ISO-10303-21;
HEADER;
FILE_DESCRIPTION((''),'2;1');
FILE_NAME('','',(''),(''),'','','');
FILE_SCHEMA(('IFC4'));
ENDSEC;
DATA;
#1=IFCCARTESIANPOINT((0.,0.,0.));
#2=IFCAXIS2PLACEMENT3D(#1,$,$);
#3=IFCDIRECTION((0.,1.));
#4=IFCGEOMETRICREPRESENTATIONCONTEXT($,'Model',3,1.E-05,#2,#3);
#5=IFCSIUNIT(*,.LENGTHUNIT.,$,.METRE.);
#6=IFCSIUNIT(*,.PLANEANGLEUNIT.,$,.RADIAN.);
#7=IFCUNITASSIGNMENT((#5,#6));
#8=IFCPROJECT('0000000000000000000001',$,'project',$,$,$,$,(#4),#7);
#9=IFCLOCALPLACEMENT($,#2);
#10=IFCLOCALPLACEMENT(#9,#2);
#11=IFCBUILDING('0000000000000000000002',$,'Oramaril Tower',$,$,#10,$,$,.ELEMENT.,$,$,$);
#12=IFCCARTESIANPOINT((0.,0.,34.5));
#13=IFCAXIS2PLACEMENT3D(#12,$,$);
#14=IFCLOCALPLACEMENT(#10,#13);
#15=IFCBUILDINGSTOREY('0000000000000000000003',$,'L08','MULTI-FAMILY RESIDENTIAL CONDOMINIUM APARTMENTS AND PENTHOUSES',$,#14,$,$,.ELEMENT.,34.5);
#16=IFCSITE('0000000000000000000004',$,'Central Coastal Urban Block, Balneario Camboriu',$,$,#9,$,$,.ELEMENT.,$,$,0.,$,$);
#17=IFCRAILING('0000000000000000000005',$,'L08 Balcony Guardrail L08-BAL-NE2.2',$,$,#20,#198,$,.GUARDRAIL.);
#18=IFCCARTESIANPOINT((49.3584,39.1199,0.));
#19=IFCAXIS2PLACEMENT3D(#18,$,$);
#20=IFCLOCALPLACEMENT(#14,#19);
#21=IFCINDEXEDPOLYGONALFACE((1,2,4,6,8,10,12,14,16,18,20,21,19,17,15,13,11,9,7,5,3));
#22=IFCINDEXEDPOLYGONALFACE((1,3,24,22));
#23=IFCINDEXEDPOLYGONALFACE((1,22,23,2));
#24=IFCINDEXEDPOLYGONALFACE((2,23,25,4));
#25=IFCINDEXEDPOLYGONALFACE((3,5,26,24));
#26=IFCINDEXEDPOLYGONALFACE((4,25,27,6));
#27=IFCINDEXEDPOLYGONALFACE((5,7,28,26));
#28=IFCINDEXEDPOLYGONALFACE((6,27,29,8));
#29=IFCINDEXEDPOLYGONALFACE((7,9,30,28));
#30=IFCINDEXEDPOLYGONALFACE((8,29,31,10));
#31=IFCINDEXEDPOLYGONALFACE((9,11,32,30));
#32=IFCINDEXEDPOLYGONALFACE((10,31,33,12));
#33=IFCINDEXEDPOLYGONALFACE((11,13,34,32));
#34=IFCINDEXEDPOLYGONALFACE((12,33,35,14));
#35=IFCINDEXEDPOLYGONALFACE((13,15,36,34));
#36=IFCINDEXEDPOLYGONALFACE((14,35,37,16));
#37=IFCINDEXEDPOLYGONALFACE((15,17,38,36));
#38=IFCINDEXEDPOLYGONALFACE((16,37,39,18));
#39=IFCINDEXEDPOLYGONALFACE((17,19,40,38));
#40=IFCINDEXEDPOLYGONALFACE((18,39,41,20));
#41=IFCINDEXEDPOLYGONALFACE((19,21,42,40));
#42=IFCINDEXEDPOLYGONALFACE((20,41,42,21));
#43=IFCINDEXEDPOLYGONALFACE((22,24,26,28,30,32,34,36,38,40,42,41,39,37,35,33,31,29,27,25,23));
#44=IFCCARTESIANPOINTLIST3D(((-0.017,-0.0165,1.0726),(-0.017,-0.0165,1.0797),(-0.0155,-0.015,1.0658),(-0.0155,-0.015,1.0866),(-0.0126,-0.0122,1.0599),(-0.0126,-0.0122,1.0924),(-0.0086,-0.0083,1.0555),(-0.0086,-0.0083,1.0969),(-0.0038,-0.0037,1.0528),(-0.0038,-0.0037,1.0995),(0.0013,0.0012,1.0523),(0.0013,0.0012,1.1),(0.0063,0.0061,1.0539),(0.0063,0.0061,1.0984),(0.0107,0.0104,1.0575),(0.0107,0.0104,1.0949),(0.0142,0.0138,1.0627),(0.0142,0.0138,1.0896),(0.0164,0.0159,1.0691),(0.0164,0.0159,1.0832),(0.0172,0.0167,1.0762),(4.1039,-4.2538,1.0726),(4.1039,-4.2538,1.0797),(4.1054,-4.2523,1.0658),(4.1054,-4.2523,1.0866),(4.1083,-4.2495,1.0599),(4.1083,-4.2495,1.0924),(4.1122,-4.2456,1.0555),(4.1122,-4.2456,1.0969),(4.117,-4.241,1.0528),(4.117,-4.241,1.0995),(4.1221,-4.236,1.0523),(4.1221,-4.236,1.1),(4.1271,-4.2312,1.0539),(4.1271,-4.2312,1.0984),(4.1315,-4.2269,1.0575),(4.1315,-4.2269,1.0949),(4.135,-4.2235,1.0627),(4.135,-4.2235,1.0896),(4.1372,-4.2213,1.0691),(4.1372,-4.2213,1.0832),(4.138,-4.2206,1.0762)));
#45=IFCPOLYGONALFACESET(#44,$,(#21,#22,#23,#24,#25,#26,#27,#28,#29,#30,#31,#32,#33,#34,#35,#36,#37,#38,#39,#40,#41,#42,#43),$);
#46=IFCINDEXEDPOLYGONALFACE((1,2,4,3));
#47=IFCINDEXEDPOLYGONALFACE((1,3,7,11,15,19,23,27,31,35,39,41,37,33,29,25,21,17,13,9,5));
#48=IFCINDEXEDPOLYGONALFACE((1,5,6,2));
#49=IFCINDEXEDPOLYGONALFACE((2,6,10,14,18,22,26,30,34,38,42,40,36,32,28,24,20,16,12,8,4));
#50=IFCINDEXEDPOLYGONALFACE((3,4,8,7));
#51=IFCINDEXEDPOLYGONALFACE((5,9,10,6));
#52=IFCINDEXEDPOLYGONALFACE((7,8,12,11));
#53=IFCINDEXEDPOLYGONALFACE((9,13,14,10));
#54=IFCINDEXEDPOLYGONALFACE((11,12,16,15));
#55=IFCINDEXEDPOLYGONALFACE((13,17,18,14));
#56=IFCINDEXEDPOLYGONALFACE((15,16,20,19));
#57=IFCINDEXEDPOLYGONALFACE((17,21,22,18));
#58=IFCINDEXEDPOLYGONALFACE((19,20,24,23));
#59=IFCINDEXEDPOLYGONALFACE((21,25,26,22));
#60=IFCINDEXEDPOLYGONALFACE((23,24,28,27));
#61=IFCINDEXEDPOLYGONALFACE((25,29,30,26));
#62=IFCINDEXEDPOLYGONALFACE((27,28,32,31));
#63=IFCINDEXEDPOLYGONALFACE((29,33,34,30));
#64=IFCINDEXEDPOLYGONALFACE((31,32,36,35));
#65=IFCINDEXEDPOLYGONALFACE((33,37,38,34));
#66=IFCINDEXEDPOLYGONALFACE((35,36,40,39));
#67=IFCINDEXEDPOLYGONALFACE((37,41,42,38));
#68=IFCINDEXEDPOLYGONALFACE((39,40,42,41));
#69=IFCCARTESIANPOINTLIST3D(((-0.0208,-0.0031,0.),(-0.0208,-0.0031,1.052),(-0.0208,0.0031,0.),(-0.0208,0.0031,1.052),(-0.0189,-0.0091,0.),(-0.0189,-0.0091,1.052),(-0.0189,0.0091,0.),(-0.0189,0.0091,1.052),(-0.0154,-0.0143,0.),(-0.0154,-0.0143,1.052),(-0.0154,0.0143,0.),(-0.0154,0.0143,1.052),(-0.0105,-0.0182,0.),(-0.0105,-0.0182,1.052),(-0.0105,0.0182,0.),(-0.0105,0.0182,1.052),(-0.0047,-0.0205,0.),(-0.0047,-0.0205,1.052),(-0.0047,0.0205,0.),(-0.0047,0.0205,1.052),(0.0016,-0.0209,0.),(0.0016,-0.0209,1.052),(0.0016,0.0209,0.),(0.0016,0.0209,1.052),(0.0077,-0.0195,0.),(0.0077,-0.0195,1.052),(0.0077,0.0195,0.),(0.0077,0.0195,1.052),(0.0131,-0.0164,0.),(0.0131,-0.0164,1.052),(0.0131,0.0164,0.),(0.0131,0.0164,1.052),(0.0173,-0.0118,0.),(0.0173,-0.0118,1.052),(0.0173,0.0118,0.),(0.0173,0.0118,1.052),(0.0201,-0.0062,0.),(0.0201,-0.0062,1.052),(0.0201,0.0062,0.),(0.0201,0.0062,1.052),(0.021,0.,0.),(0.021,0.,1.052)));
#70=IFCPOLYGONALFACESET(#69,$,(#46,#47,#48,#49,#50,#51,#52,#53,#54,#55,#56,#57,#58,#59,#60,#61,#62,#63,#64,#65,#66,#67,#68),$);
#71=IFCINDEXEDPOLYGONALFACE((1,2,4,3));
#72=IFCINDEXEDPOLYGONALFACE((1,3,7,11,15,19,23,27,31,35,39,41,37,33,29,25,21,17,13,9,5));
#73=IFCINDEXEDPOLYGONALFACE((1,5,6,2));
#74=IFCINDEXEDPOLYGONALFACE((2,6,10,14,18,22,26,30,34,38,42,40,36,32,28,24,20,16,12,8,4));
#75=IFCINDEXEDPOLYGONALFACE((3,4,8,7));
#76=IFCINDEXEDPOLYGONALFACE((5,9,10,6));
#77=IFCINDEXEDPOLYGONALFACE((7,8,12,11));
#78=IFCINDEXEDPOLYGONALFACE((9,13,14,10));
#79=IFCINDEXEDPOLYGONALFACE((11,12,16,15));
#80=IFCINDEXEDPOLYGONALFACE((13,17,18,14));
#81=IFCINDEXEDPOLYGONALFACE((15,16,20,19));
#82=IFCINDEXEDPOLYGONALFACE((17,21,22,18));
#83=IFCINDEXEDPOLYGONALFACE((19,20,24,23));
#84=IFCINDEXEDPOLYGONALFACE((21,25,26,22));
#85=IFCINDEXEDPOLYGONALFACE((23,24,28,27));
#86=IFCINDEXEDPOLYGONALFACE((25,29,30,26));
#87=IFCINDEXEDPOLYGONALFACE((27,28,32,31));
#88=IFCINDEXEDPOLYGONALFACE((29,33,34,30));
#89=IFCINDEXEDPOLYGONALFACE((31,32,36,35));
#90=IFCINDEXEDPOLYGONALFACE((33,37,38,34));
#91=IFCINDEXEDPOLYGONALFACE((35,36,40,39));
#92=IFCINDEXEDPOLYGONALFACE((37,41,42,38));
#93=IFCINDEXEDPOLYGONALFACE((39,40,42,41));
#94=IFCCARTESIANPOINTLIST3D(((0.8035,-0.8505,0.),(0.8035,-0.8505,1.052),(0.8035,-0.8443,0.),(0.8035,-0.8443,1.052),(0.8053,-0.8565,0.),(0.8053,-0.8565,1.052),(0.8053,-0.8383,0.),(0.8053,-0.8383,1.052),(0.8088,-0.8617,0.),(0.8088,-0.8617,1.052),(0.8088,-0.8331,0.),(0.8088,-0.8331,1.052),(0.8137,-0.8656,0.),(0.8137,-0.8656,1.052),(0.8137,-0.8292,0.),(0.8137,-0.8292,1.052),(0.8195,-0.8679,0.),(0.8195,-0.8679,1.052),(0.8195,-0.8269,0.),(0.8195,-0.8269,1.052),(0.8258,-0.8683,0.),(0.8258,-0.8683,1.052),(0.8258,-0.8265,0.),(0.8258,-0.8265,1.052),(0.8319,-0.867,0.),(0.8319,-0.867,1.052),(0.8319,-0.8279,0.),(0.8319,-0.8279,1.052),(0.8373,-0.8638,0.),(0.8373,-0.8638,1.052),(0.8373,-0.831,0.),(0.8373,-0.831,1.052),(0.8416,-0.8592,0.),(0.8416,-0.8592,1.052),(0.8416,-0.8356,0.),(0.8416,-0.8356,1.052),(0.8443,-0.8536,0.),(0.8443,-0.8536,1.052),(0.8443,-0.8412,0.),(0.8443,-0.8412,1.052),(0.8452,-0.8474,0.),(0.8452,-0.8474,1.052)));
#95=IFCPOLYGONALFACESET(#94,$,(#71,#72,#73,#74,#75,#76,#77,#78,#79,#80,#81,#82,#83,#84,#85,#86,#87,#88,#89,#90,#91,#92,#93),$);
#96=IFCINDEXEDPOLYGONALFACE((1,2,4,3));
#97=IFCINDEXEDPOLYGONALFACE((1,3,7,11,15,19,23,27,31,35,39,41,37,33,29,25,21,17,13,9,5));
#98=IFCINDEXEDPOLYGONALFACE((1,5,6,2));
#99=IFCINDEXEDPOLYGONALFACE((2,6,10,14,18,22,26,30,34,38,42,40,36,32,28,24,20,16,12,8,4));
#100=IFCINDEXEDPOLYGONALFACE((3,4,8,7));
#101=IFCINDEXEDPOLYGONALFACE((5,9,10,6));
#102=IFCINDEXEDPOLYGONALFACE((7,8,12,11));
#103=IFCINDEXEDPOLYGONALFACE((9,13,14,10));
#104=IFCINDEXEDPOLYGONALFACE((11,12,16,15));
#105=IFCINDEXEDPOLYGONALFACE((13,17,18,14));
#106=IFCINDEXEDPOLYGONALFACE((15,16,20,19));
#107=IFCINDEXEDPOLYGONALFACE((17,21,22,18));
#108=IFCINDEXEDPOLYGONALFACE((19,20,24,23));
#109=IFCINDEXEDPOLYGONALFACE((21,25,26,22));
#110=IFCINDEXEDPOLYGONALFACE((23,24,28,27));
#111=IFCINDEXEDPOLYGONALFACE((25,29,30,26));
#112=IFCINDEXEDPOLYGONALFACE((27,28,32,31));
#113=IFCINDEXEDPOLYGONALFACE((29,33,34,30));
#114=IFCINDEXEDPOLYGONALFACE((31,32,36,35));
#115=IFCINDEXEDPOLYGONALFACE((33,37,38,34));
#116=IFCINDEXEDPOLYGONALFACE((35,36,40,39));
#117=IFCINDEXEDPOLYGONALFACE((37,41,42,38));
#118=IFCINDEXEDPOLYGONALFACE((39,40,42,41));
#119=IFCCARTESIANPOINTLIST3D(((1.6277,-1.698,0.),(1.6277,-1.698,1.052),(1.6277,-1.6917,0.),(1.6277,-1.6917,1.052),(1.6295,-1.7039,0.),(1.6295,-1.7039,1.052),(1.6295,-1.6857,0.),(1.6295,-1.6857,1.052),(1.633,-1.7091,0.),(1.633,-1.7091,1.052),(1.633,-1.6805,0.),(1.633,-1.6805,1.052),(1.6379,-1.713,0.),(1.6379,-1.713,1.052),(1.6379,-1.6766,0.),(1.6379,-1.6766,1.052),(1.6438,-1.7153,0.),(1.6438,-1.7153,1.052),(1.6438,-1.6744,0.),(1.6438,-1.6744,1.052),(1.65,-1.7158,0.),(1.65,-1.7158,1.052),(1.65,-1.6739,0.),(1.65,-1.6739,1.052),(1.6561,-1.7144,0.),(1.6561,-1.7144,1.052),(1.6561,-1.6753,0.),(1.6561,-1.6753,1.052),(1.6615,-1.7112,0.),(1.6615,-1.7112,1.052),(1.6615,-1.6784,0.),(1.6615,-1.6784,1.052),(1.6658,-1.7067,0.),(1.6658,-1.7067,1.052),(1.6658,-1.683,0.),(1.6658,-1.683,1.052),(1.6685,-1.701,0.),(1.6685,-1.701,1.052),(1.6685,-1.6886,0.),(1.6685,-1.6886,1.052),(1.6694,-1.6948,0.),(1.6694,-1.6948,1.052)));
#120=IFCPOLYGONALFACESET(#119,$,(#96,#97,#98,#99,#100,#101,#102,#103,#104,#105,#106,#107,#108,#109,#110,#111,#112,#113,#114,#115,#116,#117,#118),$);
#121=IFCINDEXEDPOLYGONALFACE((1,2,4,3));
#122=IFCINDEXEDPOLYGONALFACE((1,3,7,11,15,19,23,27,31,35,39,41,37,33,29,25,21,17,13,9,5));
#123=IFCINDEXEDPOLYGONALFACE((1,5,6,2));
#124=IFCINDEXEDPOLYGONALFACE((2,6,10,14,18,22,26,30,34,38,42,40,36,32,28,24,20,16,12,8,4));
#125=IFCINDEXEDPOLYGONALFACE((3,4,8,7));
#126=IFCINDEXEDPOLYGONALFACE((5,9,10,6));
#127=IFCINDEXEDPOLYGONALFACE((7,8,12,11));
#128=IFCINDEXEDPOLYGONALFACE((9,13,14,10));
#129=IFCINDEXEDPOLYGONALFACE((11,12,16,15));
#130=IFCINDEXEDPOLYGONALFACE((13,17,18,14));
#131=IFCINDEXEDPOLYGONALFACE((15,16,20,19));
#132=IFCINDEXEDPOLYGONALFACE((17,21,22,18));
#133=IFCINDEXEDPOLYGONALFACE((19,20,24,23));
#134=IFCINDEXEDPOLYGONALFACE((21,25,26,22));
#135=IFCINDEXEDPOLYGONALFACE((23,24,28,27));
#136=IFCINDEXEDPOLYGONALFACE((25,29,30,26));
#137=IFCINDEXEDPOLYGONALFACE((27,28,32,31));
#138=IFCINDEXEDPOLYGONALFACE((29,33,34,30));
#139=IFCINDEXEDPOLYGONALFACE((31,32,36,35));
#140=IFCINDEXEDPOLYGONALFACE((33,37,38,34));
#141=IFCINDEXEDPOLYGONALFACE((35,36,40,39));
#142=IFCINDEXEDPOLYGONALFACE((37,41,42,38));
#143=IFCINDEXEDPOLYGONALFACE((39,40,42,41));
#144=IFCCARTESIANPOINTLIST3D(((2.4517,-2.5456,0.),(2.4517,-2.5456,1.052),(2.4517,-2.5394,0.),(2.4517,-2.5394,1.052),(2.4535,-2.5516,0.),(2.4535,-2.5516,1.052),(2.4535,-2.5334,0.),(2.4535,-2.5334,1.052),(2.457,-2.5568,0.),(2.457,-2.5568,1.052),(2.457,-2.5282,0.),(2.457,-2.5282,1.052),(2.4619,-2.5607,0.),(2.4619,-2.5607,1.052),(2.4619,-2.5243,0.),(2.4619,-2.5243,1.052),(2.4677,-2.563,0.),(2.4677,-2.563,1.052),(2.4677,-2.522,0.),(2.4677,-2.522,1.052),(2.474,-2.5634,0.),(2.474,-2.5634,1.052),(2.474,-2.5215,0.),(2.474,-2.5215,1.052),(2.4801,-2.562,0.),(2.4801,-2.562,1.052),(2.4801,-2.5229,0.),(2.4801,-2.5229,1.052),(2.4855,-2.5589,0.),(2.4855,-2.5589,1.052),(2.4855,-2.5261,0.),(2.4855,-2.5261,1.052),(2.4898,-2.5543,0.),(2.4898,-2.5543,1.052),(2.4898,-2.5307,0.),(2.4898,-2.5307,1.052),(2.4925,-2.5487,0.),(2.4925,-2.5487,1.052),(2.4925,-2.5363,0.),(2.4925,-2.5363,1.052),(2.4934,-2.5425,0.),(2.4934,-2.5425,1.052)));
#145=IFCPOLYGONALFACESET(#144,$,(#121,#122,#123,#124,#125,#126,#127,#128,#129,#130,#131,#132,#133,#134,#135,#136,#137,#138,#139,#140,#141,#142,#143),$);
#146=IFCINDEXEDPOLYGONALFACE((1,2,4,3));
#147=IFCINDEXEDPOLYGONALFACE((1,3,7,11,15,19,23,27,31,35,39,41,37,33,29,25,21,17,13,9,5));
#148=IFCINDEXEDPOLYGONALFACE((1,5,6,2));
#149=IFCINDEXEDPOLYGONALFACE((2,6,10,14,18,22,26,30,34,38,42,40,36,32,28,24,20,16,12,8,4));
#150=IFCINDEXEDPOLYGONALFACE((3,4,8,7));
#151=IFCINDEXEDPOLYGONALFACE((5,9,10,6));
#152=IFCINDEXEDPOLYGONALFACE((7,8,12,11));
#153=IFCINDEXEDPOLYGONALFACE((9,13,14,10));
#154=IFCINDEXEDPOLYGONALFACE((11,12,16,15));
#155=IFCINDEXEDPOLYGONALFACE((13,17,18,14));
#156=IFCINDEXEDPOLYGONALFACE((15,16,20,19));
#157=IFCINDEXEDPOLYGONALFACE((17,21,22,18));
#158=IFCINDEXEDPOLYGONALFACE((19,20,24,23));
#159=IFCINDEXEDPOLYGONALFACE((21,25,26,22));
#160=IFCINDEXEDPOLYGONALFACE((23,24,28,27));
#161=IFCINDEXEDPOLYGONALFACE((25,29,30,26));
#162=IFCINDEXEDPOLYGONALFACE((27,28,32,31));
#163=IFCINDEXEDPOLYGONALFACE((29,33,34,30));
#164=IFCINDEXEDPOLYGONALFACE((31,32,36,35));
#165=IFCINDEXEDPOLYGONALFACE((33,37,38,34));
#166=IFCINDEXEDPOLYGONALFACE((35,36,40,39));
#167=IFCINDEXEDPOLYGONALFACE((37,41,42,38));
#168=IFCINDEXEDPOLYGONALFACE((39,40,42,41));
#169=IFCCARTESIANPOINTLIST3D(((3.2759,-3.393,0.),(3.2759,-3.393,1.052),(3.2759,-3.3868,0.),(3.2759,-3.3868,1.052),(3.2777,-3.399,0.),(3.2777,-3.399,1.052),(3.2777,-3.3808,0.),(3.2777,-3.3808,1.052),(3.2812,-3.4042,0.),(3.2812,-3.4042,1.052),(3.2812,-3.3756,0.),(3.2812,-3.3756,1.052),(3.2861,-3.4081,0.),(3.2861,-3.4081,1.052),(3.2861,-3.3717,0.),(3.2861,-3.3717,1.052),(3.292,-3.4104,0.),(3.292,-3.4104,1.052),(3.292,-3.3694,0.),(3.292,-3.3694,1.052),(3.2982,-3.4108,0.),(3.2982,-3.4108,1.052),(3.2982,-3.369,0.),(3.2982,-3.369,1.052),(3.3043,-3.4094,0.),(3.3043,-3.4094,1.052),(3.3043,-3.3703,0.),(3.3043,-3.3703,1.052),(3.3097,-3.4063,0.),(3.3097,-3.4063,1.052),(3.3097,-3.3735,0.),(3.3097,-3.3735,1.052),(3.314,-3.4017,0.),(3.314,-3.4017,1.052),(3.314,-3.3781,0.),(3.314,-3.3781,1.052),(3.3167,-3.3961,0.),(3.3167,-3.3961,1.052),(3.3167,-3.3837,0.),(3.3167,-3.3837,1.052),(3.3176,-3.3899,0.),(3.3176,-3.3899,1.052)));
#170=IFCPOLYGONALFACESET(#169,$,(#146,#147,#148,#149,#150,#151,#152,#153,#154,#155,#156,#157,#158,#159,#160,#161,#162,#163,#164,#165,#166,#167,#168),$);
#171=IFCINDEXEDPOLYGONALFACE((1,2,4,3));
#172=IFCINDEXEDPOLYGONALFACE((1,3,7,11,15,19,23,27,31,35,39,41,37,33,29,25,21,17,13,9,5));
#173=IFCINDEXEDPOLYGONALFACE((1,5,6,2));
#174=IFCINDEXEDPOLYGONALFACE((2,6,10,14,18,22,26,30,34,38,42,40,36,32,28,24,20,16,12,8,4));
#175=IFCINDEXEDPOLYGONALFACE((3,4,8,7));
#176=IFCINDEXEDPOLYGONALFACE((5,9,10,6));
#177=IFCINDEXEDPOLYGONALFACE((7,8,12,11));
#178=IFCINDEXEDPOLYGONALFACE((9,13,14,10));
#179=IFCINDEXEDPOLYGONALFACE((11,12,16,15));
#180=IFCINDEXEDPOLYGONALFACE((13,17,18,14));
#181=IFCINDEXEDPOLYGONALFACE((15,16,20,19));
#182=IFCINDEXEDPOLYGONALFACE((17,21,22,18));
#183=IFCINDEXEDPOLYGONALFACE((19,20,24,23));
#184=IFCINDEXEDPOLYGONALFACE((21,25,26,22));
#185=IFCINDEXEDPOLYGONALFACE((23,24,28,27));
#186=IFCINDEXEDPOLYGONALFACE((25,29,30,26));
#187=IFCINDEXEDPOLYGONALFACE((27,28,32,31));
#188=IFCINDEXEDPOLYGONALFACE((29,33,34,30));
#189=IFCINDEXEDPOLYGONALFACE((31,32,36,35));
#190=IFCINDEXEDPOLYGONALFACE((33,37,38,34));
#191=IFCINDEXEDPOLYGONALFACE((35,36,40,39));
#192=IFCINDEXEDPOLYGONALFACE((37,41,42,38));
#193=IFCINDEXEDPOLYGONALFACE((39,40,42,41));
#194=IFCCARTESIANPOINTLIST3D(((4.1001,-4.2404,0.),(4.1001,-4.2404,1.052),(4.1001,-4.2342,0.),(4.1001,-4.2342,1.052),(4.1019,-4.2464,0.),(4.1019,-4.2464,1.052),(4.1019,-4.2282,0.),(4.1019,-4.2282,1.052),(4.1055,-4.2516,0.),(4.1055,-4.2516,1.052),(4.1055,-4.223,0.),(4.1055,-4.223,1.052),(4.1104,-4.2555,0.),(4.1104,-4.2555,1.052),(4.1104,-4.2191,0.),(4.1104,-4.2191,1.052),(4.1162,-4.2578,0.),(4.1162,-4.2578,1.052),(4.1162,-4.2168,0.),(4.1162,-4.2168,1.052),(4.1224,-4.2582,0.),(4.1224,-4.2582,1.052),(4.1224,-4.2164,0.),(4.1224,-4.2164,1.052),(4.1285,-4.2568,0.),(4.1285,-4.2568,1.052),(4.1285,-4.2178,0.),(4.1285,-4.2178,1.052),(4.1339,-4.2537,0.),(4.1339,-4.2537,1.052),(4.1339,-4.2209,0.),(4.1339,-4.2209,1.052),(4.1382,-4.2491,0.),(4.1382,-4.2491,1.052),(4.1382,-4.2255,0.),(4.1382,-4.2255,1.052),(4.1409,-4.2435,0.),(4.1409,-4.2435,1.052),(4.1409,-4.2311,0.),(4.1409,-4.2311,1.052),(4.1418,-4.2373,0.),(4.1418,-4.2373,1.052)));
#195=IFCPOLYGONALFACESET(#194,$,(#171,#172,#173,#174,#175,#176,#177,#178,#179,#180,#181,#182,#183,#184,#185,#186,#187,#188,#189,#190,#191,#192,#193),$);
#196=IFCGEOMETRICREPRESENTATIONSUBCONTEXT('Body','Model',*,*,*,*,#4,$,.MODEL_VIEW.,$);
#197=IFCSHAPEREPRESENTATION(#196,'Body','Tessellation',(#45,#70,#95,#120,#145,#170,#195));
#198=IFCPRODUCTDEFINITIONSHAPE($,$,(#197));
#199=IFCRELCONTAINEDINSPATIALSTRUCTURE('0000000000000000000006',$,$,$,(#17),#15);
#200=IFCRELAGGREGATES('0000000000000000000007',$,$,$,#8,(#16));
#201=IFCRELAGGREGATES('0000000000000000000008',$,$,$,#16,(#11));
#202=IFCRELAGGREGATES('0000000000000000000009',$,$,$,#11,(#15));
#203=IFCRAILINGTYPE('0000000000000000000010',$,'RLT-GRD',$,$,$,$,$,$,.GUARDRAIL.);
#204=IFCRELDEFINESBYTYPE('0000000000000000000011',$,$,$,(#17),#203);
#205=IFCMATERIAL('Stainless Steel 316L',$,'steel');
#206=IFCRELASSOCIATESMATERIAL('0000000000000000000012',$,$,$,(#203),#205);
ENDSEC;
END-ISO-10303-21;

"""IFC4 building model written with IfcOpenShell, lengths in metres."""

from ifc_helpers import new_model, si_unit, direction, frame, origin, origin_2d, place, context, subcontext, project, spatial, circle, extrude, material, type_object, element, save


model = new_model("IFC4")

# Units and contexts
model_context = context("Model", 3, precision=1e-05, world=origin(), true_north=direction((0.0, 1.0)))
body_context = subcontext(model_context, "Body", "Model", "MODEL_VIEW")
ifc_project = project(units=[si_unit("LENGTHUNIT", "METRE"), si_unit("PLANEANGLEUNIT", "RADIAN")], contexts=[model_context])

# Site, building, storey
site_placement = place(None, origin())
site = spatial("IfcSite", under=ifc_project, at=site_placement, Name="Central Coastal Urban Block, Balneario Camboriu", CompositionType="ELEMENT", RefElevation=0.0)
building_placement = place(site_placement, origin())
building = spatial("IfcBuilding", under=site, at=building_placement, Name="Oramaril Tower", CompositionType="ELEMENT")
storey_placement = place(building_placement, frame((0.0, 0.0, 34.5)))
storey = spatial("IfcBuildingStorey", under=building, at=storey_placement, Name="L08", Description="MULTI-FAMILY RESIDENTIAL CONDOMINIUM APARTMENTS AND PENTHOUSES", CompositionType="ELEMENT", Elevation=34.5)

# Railing
ifc_material_1 = material(Name="Stainless Steel 316L", Category="steel")
railing_type = type_object("IfcRailingType", Name="RLT-GRD", PredefinedType="GUARDRAIL", material=ifc_material_1)
railing_1_placement = place(storey_placement, frame((49.3584, 39.1199, 0.0)))
element("IfcRailing", 1, at=railing_1_placement, inside=storey, type_object=railing_type, Name="L08 Balcony Guardrail L08-BAL-NE2.2", PredefinedType="GUARDRAIL", context=body_context, shape_type="SweptSolid", body=[
    extrude(circle(Radius=0.0239, at=origin_2d()), frame((0.0, 0.0, 1.0762), z_axis=(0.697187, -0.716889, 0.0), x_axis=(0.716889, 0.697187, 0.0)), (0.0, 0.0, 1.0), 5.9106),
    extrude(circle(Radius=0.021, at=origin_2d()), origin(), (0.0, 0.0, 1.0), 1.052),
    extrude(circle(Radius=0.021, at=origin_2d()), frame((0.8242, -0.8474, 0.0)), (0.0, 0.0, 1.0), 1.052),
    extrude(circle(Radius=0.021, at=origin_2d()), frame((1.6484, -1.6948, 0.0)), (0.0, 0.0, 1.0), 1.052),
    extrude(circle(Radius=0.021, at=origin_2d()), frame((2.4724, -2.5425, 0.0)), (0.0, 0.0, 1.0), 1.052),
    extrude(circle(Radius=0.021, at=origin_2d()), frame((3.2966, -3.3899, 0.0)), (0.0, 0.0, 1.0), 1.052),
    extrude(circle(Radius=0.021, at=origin_2d()), frame((4.1208, -4.2373, 0.0)), (0.0, 0.0, 1.0), 1.052),
])

save(model, "model.ifc")
